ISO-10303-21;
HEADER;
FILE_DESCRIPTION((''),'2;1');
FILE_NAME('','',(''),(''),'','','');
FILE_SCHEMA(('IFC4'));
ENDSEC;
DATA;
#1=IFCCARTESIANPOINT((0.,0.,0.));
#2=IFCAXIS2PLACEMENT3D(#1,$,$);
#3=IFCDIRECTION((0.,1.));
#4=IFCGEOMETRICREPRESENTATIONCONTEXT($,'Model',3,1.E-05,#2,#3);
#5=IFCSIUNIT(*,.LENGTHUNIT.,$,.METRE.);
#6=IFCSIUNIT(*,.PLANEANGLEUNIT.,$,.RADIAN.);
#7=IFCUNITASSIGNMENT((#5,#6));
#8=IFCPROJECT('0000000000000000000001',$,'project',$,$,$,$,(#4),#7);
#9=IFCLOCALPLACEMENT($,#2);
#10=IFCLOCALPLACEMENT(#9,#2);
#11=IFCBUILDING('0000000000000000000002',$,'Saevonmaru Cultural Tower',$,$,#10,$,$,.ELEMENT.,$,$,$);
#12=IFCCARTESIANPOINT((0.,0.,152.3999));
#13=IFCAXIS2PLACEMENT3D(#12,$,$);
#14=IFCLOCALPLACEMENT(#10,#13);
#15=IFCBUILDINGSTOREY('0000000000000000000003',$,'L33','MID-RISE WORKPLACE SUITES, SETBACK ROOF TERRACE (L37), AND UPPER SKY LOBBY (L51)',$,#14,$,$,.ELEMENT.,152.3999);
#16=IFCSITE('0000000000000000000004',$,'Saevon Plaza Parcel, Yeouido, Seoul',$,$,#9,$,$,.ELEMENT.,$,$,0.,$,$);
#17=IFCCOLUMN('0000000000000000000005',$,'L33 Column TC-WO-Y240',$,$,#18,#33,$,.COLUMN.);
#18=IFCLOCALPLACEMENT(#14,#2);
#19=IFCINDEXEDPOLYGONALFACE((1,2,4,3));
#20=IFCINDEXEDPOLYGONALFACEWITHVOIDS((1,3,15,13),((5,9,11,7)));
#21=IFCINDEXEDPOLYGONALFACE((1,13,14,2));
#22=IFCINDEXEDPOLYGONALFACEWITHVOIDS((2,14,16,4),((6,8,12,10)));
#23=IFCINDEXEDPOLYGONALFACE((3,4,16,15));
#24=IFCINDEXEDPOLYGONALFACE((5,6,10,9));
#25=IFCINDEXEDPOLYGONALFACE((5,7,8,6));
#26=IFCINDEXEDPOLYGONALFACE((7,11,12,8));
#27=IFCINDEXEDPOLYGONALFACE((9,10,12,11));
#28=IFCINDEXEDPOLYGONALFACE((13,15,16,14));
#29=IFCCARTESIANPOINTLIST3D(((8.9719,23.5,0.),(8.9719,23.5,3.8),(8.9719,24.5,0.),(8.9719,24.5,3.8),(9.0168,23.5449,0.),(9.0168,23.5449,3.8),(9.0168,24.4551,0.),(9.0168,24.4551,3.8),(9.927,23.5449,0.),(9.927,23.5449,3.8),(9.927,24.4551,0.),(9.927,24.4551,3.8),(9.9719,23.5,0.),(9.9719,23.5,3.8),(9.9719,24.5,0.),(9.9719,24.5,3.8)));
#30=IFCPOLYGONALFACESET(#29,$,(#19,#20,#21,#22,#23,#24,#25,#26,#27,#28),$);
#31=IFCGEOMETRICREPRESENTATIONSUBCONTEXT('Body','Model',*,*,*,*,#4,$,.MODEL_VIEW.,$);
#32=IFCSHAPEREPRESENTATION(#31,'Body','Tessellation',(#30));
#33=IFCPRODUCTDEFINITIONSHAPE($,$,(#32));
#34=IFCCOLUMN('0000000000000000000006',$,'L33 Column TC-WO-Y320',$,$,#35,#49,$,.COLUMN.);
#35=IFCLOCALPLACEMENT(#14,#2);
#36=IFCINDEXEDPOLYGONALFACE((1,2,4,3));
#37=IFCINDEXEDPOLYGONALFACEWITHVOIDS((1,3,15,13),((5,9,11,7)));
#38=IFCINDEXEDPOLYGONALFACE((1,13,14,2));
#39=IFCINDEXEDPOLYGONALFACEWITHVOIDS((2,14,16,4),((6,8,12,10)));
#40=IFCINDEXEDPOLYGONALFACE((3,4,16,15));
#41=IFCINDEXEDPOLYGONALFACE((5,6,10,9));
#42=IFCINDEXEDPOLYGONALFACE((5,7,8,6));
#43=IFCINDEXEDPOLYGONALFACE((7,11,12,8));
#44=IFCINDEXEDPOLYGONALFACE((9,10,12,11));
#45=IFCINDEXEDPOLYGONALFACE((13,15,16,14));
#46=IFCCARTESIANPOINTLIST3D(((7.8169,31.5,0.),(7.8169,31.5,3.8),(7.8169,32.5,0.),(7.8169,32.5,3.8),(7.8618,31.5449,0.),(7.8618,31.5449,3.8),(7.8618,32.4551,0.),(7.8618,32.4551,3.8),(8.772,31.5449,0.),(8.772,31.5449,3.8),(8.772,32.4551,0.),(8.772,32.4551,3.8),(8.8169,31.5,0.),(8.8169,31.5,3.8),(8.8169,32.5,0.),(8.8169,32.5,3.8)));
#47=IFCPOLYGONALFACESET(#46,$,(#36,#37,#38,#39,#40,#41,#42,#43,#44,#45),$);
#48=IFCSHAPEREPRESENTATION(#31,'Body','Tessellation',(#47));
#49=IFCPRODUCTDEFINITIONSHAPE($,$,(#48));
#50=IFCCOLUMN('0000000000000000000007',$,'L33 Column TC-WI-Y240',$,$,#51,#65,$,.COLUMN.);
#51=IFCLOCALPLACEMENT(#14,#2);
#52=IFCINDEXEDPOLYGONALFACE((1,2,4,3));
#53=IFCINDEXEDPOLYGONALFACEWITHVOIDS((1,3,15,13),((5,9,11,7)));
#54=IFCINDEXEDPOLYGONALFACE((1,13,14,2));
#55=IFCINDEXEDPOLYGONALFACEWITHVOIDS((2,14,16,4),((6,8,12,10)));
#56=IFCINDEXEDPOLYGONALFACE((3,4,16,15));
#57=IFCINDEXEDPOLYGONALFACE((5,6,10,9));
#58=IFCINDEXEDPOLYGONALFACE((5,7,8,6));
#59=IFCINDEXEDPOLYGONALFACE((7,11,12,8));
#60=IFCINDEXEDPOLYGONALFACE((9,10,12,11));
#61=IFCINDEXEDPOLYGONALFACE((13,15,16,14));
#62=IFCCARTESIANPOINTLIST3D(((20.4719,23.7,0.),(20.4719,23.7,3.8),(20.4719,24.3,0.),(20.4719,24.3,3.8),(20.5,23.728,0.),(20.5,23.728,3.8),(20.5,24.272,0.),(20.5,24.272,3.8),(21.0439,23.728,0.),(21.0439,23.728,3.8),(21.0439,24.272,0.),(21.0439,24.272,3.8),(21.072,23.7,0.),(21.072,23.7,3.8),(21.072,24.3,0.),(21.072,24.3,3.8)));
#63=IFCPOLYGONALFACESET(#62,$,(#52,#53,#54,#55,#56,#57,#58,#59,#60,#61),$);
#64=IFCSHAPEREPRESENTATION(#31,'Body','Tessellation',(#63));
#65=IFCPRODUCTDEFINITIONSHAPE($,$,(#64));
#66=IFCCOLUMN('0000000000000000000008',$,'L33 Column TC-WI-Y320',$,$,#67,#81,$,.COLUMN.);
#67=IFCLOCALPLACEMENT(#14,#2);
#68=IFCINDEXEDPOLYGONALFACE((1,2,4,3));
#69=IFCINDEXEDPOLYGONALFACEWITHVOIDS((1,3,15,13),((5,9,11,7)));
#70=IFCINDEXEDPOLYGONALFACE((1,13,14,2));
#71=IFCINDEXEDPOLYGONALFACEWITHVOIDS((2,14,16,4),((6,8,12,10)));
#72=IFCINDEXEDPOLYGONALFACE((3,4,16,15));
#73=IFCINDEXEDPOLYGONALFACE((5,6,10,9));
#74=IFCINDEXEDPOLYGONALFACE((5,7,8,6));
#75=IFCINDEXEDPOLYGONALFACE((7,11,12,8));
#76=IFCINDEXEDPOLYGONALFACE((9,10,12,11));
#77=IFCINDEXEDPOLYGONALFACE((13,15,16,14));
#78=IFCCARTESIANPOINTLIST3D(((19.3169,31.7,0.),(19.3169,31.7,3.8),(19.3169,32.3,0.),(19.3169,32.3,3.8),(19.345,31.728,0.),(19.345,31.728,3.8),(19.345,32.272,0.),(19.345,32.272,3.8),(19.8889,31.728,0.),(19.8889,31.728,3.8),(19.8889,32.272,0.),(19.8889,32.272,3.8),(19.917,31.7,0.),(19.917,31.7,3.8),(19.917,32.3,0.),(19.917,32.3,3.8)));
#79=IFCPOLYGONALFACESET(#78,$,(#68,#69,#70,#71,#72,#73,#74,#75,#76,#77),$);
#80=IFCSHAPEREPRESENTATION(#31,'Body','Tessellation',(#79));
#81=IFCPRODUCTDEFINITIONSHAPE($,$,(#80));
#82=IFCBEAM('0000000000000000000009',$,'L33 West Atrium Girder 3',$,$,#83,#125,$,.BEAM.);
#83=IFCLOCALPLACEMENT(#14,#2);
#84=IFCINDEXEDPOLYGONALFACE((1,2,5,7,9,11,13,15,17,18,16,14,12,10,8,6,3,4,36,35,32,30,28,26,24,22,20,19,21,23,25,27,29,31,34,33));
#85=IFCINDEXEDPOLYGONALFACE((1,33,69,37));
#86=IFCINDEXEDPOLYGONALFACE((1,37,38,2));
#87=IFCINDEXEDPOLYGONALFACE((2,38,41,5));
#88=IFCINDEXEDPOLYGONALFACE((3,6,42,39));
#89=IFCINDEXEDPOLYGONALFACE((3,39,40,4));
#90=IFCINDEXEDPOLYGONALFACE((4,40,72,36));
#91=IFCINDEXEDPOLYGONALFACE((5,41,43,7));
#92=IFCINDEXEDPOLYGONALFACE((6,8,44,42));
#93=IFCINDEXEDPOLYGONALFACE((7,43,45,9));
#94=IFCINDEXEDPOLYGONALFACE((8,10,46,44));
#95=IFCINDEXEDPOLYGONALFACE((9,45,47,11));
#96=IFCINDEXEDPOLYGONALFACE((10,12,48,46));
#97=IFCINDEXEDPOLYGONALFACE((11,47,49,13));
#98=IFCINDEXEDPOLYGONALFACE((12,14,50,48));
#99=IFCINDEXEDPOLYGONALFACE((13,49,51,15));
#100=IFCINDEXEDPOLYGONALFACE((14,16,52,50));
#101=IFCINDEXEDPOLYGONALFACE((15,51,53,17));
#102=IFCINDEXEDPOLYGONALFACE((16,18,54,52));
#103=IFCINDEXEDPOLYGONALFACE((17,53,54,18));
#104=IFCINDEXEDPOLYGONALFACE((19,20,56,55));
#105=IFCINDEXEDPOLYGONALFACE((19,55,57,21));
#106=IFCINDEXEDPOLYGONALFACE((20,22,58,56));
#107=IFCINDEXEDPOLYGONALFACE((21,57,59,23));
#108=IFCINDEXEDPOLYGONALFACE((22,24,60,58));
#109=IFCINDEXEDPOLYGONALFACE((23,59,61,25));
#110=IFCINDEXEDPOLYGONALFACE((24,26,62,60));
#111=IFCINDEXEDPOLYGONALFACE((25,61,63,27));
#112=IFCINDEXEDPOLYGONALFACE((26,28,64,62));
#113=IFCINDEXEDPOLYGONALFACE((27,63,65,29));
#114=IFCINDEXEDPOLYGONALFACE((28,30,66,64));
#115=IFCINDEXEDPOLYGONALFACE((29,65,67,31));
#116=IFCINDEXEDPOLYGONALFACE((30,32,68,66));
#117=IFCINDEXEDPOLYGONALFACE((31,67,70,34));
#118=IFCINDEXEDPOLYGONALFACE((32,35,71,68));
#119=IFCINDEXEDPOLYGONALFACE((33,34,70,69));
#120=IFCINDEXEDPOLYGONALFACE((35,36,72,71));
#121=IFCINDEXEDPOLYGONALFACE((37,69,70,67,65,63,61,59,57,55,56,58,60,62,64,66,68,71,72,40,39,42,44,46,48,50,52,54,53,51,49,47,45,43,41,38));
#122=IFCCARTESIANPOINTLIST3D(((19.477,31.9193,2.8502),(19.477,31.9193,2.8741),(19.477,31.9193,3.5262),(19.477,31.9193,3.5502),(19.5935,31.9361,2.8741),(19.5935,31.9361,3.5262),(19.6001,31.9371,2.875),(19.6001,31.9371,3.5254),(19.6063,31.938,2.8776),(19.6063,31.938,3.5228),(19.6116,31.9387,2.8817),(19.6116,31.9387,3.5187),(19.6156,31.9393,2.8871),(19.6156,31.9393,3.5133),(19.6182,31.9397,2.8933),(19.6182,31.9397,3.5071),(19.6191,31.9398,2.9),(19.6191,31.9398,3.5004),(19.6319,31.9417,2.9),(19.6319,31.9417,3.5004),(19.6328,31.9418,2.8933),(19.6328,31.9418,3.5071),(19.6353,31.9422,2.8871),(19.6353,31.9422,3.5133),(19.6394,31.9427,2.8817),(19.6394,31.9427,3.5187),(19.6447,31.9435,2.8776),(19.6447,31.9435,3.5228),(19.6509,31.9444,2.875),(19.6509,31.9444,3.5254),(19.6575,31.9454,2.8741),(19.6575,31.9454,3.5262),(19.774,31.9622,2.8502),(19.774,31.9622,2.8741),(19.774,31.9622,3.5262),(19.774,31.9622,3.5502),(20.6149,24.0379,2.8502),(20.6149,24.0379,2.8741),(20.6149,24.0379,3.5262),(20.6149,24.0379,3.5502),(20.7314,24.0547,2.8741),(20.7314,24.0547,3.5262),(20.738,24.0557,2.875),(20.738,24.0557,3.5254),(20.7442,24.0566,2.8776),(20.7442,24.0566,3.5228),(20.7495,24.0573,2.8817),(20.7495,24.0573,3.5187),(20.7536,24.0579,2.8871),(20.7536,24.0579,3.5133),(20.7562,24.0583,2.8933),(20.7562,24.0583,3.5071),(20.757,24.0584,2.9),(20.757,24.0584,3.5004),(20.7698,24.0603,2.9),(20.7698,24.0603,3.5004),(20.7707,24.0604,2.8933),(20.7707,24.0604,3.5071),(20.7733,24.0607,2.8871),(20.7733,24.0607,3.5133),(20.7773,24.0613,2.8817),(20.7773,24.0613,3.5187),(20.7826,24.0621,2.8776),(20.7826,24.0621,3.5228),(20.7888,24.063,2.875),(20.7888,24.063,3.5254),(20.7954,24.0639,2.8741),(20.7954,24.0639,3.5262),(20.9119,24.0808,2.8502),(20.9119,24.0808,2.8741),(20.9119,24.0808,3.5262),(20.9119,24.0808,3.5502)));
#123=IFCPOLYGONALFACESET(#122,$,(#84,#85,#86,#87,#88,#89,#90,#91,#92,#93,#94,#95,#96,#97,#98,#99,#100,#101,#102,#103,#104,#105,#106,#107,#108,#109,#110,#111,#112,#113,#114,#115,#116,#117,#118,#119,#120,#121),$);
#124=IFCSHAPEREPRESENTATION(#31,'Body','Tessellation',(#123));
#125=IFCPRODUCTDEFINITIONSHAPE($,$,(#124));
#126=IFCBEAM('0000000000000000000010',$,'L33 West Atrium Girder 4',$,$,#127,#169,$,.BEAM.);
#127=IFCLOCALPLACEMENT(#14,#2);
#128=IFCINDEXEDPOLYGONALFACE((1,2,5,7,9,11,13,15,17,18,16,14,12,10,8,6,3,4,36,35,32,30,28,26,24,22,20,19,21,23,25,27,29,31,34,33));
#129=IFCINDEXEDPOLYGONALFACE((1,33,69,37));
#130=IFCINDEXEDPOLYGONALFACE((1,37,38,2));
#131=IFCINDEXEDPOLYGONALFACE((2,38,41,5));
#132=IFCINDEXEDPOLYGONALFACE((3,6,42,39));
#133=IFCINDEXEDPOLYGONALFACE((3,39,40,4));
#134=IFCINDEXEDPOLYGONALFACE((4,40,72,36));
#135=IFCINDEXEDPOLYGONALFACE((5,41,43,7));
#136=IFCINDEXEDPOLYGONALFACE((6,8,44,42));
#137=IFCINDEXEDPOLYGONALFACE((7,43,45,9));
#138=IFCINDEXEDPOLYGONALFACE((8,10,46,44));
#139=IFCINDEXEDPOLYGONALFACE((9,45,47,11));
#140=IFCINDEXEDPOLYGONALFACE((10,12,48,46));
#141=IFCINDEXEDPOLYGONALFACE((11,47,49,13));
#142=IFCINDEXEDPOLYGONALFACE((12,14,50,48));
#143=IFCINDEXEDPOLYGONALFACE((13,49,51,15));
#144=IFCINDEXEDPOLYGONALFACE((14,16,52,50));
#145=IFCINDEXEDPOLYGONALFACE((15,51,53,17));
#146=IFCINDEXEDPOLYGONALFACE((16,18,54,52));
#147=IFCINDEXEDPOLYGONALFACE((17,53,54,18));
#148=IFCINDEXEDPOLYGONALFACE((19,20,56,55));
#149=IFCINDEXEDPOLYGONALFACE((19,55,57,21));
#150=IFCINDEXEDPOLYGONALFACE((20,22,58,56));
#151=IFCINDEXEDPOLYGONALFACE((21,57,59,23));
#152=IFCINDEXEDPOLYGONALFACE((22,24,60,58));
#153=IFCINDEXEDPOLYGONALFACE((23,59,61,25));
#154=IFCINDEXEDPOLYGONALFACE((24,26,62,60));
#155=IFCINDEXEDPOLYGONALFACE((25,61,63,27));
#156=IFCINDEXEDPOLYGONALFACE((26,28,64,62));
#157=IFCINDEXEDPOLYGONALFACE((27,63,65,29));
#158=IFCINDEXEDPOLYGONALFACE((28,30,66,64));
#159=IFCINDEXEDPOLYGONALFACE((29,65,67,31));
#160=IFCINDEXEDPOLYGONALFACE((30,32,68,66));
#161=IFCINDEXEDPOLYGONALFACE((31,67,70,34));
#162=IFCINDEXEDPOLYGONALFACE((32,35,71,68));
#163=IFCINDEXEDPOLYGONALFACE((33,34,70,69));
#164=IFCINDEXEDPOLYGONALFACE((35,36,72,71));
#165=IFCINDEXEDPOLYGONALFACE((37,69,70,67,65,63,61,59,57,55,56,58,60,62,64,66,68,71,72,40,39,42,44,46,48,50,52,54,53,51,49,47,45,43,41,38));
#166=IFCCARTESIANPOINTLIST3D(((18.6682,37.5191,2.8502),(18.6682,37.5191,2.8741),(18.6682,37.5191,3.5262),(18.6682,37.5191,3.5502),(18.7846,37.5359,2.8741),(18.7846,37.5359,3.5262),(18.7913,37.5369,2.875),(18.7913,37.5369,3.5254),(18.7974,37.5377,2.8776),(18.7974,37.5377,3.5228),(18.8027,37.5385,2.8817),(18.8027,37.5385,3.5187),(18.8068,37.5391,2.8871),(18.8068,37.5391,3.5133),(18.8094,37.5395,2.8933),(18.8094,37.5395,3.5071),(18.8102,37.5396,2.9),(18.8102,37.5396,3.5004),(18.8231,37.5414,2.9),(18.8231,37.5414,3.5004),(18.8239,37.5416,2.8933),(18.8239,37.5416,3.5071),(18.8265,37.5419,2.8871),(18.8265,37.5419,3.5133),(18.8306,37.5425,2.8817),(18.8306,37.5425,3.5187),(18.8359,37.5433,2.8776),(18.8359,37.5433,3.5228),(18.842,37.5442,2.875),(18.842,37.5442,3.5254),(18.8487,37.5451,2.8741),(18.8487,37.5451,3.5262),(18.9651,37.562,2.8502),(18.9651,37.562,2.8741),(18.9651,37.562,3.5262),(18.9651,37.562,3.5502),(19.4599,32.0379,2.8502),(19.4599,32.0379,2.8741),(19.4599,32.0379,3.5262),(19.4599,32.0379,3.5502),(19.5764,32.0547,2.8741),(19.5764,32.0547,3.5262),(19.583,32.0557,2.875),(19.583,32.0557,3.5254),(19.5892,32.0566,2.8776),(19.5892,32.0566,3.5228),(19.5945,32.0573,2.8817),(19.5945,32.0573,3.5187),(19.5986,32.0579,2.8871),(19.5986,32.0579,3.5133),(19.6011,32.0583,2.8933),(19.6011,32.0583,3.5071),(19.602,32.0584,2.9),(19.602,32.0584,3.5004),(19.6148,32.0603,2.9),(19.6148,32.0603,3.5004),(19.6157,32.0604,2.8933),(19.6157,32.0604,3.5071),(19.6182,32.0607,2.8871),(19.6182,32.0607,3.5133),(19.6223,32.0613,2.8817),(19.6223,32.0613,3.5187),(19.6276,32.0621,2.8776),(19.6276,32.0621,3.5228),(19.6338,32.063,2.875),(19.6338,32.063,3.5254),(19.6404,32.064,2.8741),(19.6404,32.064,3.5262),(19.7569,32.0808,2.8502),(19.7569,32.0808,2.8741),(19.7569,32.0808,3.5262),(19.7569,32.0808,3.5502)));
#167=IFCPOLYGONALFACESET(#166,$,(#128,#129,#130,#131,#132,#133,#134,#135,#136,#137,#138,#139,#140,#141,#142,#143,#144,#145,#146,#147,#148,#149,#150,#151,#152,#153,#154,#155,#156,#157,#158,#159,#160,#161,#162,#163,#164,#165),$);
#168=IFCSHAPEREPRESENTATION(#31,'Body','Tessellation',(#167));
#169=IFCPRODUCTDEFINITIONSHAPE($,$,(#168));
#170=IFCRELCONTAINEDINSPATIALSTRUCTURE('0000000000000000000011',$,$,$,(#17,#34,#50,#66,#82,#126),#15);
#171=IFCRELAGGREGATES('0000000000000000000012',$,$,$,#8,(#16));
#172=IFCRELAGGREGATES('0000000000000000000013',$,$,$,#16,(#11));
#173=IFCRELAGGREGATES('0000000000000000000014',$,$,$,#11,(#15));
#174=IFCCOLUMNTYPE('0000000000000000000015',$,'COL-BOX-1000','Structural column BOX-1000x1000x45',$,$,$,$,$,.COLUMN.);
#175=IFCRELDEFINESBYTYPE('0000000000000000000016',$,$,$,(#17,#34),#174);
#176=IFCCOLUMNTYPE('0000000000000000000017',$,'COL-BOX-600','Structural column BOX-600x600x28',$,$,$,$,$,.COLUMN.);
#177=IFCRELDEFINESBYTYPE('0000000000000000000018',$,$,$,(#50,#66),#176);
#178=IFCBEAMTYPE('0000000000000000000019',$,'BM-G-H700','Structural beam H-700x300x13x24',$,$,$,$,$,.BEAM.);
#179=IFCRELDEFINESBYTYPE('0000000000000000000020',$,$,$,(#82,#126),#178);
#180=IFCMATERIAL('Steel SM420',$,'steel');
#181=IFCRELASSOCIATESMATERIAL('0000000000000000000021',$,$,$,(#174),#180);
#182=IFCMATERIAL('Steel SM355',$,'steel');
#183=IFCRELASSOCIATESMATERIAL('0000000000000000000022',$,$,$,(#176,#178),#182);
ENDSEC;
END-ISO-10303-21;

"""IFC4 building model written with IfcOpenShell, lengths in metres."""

from ifc_helpers import new_model, si_unit, direction, frame, origin, origin_2d, place, context, subcontext, project, spatial, hollow_rectangle, i_section, extrude, material, material_profile, profile_set, type_object, element, save


model = new_model("IFC4")

# Units and contexts
model_context = context("Model", 3, precision=1e-05, world=origin(), true_north=direction((0.0, 1.0)))
body_context = subcontext(model_context, "Body", "Model", "MODEL_VIEW")
ifc_project = project(units=[si_unit("LENGTHUNIT", "METRE"), si_unit("PLANEANGLEUNIT", "RADIAN")], contexts=[model_context])

# Site, building, storey
site_placement = place(None, origin())
site = spatial("IfcSite", under=ifc_project, at=site_placement, Name="Saevon Plaza Parcel, Yeouido, Seoul", CompositionType="ELEMENT", RefElevation=0.0)
building_placement = place(site_placement, origin())
building = spatial("IfcBuilding", under=site, at=building_placement, Name="Saevonmaru Cultural Tower", CompositionType="ELEMENT")
storey_placement = place(building_placement, frame((0.0, 0.0, 152.3999)))
storey = spatial("IfcBuildingStorey", under=building, at=storey_placement, Name="L33", Description="MID-RISE WORKPLACE SUITES, SETBACK ROOF TERRACE (L37), AND UPPER SKY LOBBY (L51)", CompositionType="ELEMENT", Elevation=152.3999)

# Columns
ifc_material_1 = material(Name="Steel SM420", Category="steel")
ifc_material_profile_1 = material_profile(ifc_material_1, hollow_rectangle(XDim=1.0, YDim=1.0, WallThickness=0.0449, at=origin_2d()), Name="BOX-1000x1000x45")
ifc_profile_set_1 = profile_set([ifc_material_profile_1], Name="Steel SM420")
column_type_1 = type_object("IfcColumnType", Name="COL-BOX-1000", Description="Structural column BOX-1000x1000x45", PredefinedType="COLUMN", material=ifc_profile_set_1)
for number, where, z_axis, x_axis, name in (
    (1, (9.4719, 24.0, 0.0), (0.0, 0.0, 1.0), (1.0, 0.0, 0.0), "L33 Column TC-WO-Y240"),
    (2, (8.3169, 32.0, 0.0), (0.0, 0.0, 1.0), (1.0, 0.0, 0.0), "L33 Column TC-WO-Y320"),
):
    element("IfcColumn", number, at=place(storey_placement, frame(where, z_axis=z_axis, x_axis=x_axis)), inside=storey, type_object=column_type_1, Name=name, PredefinedType="COLUMN", context=body_context, shape_type="SweptSolid", body=[
        extrude(hollow_rectangle(XDim=1.0, YDim=1.0, WallThickness=0.0449, at=origin_2d()), origin(), (0.0, 0.0, 1.0), 3.8),
    ])
ifc_material_2 = material(Name="Steel SM355", Category="steel")
ifc_material_profile_2 = material_profile(ifc_material_2, hollow_rectangle(XDim=0.6001, YDim=0.6001, WallThickness=0.0281, at=origin_2d()), Name="BOX-600x600x28")
ifc_profile_set_2 = profile_set([ifc_material_profile_2], Name="Steel SM355")
column_type_2 = type_object("IfcColumnType", Name="COL-BOX-600", Description="Structural column BOX-600x600x28", PredefinedType="COLUMN", material=ifc_profile_set_2)
for number, where, z_axis, x_axis, name in (
    (3, (20.772, 24.0, 0.0), (0.0, 0.0, 1.0), (1.0, 0.0, 0.0), "L33 Column TC-WI-Y240"),
    (4, (19.6169, 32.0, 0.0), (0.0, 0.0, 1.0), (1.0, 0.0, 0.0), "L33 Column TC-WI-Y320"),
):
    element("IfcColumn", number, at=place(storey_placement, frame(where, z_axis=z_axis, x_axis=x_axis)), inside=storey, type_object=column_type_2, Name=name, PredefinedType="COLUMN", context=body_context, shape_type="SweptSolid", body=[
        extrude(hollow_rectangle(XDim=0.6001, YDim=0.6001, WallThickness=0.0281, at=origin_2d()), origin(), (0.0, 0.0, 1.0), 3.8),
    ])

# Beams
ifc_material_profile_3 = material_profile(ifc_material_2, i_section(OverallWidth=0.3, OverallDepth=0.7, WebThickness=0.0129, FlangeThickness=0.0239, FilletRadius=0.0259, at=origin_2d()), Name="H-700x300x13x24")
ifc_profile_set_3 = profile_set([ifc_material_profile_3], Name="Steel SM355")
beam_type_1 = type_object("IfcBeamType", Name="BM-G-H700", Description="Structural beam H-700x300x13x24", PredefinedType="BEAM", material=ifc_profile_set_3)
beam_1_placement = place(storey_placement, frame((20.7634, 24.0593, 3.2002), z_axis=(-0.142902, 0.989737, 0.0), x_axis=(-0.989737, -0.142902, 0.0)))
element("IfcBeam", 5, at=beam_1_placement, inside=storey, type_object=beam_type_1, Name="L33 West Atrium Girder 3", PredefinedType="BEAM", context=body_context, shape_type="SweptSolid", body=[
    extrude(i_section(OverallWidth=0.3, OverallDepth=0.7, WebThickness=0.0129, FlangeThickness=0.0239, FilletRadius=0.0259, at=origin_2d()), origin(), (0.0, 0.0, 1.0), 7.9631),
])
beam_2_placement = place(storey_placement, frame((19.6084, 32.0593, 3.2002), z_axis=(-0.142964, 0.989728, 0.0), x_axis=(-0.989728, -0.142964, 0.0)))
element("IfcBeam", 6, at=beam_2_placement, inside=storey, type_object=beam_type_1, Name="L33 West Atrium Girder 4", PredefinedType="BEAM", context=body_context, shape_type="SweptSolid", body=[
    extrude(i_section(OverallWidth=0.3, OverallDepth=0.7, WebThickness=0.0129, FlangeThickness=0.0239, FilletRadius=0.0259, at=origin_2d()), origin(), (0.0, 0.0, 1.0), 5.5381),
])

save(model, "model.ifc")
